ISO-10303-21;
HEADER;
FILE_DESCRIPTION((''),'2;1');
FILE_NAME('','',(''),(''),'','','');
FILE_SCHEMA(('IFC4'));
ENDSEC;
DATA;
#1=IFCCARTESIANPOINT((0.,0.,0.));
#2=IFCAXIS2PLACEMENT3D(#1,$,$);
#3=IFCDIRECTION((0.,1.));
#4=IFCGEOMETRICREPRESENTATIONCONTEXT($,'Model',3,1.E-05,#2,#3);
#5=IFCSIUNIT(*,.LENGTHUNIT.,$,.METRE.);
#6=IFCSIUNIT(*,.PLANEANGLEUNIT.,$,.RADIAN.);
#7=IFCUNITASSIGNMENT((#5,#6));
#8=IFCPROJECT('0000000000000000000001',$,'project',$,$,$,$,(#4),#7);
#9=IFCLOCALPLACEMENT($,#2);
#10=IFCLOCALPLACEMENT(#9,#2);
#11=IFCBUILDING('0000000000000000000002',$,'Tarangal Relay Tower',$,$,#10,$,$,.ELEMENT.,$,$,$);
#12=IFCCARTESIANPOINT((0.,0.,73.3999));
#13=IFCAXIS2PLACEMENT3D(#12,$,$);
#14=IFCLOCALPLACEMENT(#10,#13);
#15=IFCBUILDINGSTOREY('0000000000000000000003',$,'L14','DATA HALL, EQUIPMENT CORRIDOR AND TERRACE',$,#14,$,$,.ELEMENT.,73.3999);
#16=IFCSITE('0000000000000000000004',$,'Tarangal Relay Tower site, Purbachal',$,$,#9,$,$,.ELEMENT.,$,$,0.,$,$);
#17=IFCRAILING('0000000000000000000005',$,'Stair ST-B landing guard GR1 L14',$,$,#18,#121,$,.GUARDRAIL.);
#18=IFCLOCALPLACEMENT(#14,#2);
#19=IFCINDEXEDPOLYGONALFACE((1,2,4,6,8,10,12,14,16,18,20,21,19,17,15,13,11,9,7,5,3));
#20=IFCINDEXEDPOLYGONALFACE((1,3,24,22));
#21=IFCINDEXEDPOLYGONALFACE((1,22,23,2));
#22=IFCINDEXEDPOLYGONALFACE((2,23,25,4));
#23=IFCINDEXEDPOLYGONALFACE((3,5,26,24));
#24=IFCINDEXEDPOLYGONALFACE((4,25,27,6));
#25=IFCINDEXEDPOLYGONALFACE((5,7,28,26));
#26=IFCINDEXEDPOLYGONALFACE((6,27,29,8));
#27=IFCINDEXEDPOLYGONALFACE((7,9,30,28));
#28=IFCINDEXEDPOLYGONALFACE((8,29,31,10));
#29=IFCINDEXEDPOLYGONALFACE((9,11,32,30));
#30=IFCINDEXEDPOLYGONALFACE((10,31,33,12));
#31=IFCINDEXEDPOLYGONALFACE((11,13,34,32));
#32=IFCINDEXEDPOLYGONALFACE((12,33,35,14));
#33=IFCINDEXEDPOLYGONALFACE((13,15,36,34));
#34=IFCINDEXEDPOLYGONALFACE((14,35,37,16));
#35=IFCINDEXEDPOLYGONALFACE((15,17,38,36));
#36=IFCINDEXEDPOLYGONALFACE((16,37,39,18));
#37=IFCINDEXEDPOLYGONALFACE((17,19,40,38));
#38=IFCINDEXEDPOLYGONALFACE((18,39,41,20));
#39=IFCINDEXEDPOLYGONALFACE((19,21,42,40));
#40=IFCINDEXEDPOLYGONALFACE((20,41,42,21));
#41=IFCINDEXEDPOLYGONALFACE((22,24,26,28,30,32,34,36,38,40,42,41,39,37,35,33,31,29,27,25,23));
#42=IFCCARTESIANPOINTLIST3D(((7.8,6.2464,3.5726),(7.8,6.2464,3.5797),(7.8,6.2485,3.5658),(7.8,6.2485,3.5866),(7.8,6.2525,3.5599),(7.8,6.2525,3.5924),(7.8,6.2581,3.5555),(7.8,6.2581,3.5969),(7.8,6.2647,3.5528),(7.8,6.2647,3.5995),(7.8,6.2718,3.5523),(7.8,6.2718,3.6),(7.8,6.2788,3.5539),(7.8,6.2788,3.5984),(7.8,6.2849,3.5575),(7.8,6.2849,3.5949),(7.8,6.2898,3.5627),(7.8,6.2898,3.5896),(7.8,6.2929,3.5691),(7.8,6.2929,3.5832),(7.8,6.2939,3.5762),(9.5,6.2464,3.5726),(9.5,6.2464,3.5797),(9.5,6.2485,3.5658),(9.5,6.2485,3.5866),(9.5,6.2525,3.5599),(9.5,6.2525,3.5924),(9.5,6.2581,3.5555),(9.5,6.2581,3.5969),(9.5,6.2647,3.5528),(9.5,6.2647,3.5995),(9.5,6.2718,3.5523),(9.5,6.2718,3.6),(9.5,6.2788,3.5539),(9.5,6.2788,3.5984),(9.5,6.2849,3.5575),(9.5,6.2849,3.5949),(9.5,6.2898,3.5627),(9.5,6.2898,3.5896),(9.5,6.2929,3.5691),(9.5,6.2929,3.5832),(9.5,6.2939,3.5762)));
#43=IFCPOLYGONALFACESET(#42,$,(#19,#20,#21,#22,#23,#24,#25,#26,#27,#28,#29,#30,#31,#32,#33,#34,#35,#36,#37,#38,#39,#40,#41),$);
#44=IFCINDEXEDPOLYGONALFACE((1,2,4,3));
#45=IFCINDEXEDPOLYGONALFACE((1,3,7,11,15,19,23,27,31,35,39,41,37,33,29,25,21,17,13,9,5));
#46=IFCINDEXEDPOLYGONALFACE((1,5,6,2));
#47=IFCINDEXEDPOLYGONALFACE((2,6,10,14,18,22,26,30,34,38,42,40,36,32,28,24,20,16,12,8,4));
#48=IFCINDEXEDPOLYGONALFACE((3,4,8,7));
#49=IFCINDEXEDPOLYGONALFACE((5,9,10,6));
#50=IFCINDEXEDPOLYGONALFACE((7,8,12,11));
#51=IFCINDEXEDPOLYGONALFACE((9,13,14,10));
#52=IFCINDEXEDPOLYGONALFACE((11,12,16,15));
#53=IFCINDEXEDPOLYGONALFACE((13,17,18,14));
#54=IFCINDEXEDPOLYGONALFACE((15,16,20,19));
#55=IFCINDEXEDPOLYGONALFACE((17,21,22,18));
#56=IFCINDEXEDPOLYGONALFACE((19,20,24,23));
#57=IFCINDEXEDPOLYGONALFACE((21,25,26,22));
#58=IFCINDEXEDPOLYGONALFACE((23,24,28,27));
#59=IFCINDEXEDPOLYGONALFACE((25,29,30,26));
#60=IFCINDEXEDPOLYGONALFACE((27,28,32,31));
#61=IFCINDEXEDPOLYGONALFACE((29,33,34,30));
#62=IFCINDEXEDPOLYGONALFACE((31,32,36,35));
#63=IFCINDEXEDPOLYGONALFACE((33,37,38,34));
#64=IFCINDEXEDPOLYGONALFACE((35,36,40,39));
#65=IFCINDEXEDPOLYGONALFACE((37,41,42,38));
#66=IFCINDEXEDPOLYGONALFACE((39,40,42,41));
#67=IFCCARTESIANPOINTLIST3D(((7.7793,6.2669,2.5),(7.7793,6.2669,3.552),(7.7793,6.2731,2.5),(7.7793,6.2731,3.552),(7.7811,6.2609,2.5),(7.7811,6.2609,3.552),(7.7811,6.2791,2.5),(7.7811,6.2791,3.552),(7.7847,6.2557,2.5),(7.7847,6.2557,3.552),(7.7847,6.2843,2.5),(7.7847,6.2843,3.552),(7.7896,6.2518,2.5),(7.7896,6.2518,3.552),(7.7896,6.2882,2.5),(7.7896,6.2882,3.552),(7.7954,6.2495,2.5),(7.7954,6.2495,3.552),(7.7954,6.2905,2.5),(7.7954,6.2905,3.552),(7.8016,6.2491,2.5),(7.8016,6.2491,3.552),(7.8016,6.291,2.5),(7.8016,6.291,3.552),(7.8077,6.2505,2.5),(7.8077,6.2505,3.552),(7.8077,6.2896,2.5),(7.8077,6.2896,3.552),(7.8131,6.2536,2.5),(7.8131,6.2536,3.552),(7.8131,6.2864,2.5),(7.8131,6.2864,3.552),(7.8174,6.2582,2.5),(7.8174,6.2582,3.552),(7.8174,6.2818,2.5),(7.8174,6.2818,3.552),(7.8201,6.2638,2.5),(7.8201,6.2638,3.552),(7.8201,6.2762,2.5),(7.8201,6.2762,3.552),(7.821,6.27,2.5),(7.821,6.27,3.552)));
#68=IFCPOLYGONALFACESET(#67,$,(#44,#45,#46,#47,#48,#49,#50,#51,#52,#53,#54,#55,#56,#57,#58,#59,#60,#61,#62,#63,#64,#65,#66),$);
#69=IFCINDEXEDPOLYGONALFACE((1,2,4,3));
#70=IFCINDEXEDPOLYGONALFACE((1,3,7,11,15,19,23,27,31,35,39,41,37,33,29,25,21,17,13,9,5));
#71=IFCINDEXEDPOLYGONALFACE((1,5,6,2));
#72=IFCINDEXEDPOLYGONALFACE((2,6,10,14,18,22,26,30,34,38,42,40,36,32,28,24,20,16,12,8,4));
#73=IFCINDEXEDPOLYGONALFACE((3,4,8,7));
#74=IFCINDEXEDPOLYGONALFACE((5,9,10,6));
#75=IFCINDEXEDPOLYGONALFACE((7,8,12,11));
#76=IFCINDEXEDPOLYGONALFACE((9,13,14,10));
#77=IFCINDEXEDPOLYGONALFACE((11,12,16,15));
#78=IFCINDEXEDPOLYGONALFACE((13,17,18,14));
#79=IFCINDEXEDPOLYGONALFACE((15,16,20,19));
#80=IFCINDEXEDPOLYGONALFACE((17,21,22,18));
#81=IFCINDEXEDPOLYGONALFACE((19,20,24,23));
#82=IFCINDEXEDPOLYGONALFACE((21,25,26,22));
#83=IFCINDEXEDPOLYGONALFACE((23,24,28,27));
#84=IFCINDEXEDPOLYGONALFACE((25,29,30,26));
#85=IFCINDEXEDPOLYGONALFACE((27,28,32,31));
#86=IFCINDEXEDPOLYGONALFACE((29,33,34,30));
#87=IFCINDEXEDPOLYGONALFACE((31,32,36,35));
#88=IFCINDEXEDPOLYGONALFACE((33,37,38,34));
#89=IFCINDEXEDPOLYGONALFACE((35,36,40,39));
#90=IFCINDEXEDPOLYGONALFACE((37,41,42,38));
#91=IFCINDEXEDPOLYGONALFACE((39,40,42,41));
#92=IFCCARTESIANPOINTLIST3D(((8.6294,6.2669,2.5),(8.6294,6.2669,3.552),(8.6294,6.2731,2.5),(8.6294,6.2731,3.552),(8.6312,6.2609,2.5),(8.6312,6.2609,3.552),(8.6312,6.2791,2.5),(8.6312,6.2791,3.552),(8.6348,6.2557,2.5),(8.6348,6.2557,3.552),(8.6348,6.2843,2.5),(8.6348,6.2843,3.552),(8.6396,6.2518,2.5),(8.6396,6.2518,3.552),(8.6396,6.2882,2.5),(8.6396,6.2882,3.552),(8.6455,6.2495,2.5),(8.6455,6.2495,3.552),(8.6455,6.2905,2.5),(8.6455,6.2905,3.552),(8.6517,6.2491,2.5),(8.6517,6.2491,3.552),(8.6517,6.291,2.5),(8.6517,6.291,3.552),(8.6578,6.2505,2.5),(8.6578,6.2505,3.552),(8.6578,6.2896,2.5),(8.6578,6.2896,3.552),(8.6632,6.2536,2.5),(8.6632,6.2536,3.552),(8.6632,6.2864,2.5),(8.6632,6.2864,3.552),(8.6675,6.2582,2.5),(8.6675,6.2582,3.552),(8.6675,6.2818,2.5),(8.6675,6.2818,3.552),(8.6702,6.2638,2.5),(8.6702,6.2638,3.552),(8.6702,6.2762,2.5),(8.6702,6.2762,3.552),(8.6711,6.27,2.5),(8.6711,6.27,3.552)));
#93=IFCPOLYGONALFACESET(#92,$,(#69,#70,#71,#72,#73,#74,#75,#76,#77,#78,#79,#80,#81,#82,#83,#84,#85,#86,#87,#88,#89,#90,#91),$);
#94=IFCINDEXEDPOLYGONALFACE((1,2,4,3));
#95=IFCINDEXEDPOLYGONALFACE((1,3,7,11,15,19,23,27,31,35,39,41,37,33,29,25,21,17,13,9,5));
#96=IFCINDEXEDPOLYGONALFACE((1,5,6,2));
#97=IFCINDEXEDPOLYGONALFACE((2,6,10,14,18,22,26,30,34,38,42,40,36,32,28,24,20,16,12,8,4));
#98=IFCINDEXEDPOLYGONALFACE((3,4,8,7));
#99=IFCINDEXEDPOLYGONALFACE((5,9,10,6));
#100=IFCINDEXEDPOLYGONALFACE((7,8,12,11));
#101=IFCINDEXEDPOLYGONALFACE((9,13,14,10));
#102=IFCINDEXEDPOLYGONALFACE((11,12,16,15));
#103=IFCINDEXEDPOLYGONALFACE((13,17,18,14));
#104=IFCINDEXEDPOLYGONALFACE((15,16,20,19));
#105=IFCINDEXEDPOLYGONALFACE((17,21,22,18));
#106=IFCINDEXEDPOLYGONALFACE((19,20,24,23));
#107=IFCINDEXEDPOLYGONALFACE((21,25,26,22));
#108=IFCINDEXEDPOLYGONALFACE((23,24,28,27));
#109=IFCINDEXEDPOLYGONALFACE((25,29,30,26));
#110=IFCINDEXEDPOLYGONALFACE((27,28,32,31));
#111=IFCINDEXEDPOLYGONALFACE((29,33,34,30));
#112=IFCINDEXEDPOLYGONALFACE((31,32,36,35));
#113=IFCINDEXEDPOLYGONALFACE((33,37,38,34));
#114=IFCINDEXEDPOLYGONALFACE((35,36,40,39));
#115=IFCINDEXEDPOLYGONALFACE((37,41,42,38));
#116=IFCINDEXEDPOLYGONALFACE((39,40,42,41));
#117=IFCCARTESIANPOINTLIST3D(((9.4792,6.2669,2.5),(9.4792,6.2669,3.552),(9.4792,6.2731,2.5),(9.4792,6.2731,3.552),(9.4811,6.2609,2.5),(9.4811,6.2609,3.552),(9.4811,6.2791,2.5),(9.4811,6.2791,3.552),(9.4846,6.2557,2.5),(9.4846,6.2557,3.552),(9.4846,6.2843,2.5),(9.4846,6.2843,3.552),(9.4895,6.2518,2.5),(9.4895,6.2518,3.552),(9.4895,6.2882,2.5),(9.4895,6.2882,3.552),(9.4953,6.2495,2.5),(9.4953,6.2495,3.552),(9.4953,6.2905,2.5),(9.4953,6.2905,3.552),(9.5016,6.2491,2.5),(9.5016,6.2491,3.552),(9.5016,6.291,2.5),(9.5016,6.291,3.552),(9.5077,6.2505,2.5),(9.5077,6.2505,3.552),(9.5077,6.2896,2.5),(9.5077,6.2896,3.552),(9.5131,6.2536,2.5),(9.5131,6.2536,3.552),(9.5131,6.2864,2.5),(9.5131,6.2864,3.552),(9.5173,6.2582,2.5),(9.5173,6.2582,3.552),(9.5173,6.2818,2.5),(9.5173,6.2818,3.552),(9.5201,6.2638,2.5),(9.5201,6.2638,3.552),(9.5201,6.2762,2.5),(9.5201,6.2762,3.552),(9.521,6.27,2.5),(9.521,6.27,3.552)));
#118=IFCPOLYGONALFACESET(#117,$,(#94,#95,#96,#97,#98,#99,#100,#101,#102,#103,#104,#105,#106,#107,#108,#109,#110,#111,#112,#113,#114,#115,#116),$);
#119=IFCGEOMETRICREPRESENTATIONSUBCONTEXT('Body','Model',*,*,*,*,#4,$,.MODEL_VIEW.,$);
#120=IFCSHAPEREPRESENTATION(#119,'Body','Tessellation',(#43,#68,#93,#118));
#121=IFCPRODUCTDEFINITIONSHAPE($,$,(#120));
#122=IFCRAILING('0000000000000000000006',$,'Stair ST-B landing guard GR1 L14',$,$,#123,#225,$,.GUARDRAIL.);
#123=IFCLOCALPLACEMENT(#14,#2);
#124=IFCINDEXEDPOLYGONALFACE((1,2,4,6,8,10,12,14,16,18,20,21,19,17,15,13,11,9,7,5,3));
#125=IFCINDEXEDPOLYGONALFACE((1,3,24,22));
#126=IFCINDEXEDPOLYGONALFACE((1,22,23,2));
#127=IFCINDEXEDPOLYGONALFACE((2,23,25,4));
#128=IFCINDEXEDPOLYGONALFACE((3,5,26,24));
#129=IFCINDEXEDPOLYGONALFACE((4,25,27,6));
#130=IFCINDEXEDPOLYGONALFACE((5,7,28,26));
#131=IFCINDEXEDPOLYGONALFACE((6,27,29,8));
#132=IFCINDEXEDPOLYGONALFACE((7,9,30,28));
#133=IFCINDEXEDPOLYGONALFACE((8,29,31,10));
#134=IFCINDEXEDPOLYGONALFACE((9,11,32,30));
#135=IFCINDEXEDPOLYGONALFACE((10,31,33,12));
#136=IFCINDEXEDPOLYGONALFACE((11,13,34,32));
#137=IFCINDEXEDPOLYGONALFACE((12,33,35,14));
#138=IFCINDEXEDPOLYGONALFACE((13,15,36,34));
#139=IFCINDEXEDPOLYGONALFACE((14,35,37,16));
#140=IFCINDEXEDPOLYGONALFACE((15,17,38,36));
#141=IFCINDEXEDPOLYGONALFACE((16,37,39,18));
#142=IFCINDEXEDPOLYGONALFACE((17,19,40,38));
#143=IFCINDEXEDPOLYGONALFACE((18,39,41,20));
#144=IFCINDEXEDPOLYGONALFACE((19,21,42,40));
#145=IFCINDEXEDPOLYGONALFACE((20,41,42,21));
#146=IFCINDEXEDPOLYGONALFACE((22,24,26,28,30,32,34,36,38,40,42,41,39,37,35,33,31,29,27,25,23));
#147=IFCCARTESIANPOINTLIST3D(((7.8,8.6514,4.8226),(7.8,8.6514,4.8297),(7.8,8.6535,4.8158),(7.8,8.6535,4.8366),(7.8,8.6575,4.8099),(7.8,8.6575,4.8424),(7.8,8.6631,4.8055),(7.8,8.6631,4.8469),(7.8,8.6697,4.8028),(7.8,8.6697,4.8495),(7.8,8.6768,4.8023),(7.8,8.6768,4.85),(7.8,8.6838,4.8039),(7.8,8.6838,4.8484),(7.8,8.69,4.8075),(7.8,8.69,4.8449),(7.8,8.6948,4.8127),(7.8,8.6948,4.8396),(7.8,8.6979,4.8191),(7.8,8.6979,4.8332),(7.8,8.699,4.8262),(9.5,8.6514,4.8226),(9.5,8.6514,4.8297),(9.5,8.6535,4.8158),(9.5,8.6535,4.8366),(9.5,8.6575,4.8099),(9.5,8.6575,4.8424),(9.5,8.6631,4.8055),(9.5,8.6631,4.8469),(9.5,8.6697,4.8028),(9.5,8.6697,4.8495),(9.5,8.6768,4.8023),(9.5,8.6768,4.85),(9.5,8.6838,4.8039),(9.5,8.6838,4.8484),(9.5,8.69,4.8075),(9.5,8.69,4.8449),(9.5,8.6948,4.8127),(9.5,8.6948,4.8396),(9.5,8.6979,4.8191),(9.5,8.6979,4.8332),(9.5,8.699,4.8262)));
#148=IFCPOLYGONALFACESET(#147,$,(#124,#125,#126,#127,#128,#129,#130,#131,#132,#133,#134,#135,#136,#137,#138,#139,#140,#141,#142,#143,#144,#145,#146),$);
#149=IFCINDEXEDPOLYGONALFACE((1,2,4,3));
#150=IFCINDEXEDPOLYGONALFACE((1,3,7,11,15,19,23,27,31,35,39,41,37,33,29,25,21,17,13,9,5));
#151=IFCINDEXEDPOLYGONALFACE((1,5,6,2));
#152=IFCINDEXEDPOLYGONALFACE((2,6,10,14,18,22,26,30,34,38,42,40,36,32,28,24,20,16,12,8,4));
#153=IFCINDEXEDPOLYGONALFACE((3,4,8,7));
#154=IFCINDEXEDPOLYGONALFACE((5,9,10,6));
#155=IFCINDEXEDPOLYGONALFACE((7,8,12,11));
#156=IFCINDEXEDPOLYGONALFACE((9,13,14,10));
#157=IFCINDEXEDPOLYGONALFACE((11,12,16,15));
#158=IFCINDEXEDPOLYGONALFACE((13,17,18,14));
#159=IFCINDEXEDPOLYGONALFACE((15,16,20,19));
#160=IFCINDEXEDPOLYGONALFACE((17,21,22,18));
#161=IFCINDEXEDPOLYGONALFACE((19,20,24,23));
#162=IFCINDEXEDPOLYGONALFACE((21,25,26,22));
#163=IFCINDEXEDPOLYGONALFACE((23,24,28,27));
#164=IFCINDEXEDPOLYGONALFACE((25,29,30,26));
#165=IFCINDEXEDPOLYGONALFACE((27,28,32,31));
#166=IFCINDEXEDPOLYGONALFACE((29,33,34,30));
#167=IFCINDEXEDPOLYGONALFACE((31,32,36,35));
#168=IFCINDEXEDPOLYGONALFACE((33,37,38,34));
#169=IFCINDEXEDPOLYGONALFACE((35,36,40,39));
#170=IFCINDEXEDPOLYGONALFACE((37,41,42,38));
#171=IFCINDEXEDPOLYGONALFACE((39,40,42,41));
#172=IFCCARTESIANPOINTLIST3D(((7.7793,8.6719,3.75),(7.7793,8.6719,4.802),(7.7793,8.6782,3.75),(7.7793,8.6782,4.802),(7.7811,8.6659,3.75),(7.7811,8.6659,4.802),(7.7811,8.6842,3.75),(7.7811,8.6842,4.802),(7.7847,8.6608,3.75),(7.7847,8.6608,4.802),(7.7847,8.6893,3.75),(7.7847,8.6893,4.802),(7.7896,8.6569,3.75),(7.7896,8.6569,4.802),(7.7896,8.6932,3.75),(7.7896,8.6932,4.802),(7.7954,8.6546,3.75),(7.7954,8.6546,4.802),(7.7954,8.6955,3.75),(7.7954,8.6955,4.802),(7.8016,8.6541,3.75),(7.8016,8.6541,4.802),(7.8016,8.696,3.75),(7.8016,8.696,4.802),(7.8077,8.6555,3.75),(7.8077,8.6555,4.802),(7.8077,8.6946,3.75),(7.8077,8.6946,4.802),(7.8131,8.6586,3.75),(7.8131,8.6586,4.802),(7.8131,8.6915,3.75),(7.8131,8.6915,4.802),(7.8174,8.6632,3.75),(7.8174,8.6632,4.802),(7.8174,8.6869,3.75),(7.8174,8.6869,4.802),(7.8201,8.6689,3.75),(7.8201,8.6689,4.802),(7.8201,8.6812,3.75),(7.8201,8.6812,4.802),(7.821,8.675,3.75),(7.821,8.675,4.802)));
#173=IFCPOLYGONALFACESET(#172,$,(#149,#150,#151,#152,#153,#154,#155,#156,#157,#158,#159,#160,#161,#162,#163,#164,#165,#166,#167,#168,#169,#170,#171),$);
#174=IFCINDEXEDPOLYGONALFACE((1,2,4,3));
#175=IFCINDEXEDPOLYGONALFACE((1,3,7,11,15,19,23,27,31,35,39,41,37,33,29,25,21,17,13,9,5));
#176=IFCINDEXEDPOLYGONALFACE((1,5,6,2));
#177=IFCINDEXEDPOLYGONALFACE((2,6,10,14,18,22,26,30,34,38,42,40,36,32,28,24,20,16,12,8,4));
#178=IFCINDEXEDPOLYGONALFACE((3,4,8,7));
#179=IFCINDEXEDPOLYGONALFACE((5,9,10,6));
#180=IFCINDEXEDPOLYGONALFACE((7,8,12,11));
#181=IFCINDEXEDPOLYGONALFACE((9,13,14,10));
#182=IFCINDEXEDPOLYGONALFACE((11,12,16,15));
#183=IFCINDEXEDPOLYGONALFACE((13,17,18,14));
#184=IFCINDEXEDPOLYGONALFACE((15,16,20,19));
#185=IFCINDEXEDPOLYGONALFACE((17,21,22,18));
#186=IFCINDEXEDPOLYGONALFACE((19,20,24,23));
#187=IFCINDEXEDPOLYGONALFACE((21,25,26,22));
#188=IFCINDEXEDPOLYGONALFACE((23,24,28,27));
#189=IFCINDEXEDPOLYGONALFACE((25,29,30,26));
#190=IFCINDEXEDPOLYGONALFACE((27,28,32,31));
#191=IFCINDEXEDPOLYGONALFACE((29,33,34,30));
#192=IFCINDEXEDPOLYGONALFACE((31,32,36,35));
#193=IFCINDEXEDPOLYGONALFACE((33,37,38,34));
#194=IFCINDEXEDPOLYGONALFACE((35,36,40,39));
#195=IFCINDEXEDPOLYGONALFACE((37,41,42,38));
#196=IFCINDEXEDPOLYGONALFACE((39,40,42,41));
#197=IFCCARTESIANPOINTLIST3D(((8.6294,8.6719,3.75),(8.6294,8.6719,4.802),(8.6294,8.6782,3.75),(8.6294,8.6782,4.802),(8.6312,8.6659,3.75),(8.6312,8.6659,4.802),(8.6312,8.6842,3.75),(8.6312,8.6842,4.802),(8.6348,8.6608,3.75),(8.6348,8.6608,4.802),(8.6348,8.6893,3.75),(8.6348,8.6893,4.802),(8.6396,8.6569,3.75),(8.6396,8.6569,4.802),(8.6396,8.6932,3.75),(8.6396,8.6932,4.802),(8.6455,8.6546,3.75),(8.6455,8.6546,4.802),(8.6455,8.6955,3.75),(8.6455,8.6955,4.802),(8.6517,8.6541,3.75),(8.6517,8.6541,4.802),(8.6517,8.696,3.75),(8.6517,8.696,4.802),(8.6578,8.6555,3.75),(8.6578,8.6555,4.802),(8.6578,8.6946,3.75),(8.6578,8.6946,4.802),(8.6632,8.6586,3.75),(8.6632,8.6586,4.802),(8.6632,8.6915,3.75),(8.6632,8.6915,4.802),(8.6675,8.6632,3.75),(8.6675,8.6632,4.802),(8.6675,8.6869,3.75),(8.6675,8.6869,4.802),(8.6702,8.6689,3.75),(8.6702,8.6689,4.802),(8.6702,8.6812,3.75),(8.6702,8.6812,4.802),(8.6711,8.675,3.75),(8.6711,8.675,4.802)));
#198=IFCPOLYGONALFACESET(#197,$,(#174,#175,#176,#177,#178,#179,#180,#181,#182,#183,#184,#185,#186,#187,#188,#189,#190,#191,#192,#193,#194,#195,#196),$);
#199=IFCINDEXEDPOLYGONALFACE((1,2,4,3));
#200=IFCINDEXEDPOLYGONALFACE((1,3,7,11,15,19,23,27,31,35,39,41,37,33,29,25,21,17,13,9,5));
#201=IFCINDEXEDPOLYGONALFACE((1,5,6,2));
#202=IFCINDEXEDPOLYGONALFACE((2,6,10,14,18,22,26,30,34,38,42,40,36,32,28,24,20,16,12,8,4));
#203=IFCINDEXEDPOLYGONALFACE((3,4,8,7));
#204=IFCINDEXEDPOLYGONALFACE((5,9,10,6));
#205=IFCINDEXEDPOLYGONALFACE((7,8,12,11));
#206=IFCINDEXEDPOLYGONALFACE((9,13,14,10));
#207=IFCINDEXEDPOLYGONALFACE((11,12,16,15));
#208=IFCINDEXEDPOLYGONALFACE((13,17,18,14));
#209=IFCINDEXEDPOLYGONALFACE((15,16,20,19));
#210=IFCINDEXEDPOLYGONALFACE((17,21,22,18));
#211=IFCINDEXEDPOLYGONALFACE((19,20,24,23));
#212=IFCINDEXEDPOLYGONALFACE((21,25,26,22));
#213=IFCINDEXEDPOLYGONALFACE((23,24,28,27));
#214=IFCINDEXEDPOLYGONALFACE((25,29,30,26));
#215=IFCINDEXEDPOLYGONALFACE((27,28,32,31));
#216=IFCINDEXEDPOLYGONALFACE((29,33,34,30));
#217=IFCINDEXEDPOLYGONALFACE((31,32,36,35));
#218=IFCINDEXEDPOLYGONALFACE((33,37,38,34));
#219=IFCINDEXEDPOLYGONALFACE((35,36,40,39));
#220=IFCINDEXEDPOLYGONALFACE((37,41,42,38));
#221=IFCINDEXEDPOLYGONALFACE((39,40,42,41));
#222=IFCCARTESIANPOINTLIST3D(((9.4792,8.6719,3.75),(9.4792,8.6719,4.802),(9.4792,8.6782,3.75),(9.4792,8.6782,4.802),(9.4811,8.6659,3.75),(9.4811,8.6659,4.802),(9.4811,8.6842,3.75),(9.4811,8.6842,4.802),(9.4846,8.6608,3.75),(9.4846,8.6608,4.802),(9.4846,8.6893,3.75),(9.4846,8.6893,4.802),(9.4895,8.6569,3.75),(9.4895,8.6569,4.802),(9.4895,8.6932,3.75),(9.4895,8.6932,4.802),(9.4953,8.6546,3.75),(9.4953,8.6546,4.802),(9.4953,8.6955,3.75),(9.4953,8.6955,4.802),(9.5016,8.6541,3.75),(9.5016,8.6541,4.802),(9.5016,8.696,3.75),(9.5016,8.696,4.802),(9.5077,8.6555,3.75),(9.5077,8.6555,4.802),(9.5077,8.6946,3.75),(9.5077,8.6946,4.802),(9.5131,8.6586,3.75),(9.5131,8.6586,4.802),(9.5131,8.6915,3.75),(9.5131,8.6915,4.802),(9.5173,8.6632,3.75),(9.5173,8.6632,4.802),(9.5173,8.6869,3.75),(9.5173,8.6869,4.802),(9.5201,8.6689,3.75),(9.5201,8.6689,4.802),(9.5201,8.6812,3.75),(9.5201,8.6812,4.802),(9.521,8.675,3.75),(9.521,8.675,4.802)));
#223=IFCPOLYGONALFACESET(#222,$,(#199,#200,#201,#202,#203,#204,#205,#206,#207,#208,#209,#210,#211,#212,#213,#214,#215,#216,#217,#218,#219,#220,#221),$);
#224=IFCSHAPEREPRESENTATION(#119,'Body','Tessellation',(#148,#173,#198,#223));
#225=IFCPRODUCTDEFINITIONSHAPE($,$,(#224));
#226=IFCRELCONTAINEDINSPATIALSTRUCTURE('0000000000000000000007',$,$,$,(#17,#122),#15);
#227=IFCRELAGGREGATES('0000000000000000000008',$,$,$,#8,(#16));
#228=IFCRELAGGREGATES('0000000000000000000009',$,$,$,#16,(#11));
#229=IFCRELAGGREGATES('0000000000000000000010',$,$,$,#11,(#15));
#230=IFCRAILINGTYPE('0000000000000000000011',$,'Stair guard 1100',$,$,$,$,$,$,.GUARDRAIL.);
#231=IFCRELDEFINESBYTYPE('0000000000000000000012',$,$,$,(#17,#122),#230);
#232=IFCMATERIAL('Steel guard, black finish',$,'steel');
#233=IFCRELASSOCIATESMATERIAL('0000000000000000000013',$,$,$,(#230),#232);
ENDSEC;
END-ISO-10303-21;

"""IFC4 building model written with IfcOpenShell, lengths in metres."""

from ifc_helpers import new_model, si_unit, direction, frame, origin, origin_2d, place, context, subcontext, project, spatial, circle, extrude, material, type_object, element, save


model = new_model("IFC4")

# Units and contexts
model_context = context("Model", 3, precision=1e-05, world=origin(), true_north=direction((0.0, 1.0)))
body_context = subcontext(model_context, "Body", "Model", "MODEL_VIEW")
ifc_project = project(units=[si_unit("LENGTHUNIT", "METRE"), si_unit("PLANEANGLEUNIT", "RADIAN")], contexts=[model_context])

# Site, building, storey
site_placement = place(None, origin())
site = spatial("IfcSite", under=ifc_project, at=site_placement, Name="Tarangal Relay Tower site, Purbachal", CompositionType="ELEMENT", RefElevation=0.0)
building_placement = place(site_placement, origin())
building = spatial("IfcBuilding", under=site, at=building_placement, Name="Tarangal Relay Tower", CompositionType="ELEMENT")
storey_placement = place(building_placement, frame((0.0, 0.0, 73.3999)))
storey = spatial("IfcBuildingStorey", under=building, at=storey_placement, Name="L14", Description="DATA HALL, EQUIPMENT CORRIDOR AND TERRACE", CompositionType="ELEMENT", Elevation=73.3999)

# Railings
ifc_material_1 = material(Name="Steel guard, black finish", Category="steel")
railing_type_1 = type_object("IfcRailingType", Name="Stair guard 1100", PredefinedType="GUARDRAIL", material=ifc_material_1)
for number, where, name in (
    (1, (7.8, 6.27, 2.5), "Stair ST-B landing guard GR1 L14"),
    (2, (7.8, 8.675, 3.75), "Stair ST-B landing guard GR1 L14"),
):
    element("IfcRailing", number, at=place(storey_placement, frame(where)), inside=storey, type_object=railing_type_1, Name=name, PredefinedType="GUARDRAIL", context=body_context, shape_type="SweptSolid", body=[
        extrude(circle(Radius=0.0239, at=origin_2d()), frame((0.0, 0.0, 1.0762), z_axis=(1.0, 0.0, 0.0), x_axis=(0.0, 1.0, 0.0)), (0.0, 0.0, 1.0), 1.7),
        extrude(circle(Radius=0.021, at=origin_2d()), origin(), (0.0, 0.0, 1.0), 1.052),
        extrude(circle(Radius=0.021, at=origin_2d()), frame((0.8501, 0.0, 0.0)), (0.0, 0.0, 1.0), 1.052),
        extrude(circle(Radius=0.021, at=origin_2d()), frame((1.7, 0.0, 0.0)), (0.0, 0.0, 1.0), 1.052),
    ])

save(model, "model.ifc")
